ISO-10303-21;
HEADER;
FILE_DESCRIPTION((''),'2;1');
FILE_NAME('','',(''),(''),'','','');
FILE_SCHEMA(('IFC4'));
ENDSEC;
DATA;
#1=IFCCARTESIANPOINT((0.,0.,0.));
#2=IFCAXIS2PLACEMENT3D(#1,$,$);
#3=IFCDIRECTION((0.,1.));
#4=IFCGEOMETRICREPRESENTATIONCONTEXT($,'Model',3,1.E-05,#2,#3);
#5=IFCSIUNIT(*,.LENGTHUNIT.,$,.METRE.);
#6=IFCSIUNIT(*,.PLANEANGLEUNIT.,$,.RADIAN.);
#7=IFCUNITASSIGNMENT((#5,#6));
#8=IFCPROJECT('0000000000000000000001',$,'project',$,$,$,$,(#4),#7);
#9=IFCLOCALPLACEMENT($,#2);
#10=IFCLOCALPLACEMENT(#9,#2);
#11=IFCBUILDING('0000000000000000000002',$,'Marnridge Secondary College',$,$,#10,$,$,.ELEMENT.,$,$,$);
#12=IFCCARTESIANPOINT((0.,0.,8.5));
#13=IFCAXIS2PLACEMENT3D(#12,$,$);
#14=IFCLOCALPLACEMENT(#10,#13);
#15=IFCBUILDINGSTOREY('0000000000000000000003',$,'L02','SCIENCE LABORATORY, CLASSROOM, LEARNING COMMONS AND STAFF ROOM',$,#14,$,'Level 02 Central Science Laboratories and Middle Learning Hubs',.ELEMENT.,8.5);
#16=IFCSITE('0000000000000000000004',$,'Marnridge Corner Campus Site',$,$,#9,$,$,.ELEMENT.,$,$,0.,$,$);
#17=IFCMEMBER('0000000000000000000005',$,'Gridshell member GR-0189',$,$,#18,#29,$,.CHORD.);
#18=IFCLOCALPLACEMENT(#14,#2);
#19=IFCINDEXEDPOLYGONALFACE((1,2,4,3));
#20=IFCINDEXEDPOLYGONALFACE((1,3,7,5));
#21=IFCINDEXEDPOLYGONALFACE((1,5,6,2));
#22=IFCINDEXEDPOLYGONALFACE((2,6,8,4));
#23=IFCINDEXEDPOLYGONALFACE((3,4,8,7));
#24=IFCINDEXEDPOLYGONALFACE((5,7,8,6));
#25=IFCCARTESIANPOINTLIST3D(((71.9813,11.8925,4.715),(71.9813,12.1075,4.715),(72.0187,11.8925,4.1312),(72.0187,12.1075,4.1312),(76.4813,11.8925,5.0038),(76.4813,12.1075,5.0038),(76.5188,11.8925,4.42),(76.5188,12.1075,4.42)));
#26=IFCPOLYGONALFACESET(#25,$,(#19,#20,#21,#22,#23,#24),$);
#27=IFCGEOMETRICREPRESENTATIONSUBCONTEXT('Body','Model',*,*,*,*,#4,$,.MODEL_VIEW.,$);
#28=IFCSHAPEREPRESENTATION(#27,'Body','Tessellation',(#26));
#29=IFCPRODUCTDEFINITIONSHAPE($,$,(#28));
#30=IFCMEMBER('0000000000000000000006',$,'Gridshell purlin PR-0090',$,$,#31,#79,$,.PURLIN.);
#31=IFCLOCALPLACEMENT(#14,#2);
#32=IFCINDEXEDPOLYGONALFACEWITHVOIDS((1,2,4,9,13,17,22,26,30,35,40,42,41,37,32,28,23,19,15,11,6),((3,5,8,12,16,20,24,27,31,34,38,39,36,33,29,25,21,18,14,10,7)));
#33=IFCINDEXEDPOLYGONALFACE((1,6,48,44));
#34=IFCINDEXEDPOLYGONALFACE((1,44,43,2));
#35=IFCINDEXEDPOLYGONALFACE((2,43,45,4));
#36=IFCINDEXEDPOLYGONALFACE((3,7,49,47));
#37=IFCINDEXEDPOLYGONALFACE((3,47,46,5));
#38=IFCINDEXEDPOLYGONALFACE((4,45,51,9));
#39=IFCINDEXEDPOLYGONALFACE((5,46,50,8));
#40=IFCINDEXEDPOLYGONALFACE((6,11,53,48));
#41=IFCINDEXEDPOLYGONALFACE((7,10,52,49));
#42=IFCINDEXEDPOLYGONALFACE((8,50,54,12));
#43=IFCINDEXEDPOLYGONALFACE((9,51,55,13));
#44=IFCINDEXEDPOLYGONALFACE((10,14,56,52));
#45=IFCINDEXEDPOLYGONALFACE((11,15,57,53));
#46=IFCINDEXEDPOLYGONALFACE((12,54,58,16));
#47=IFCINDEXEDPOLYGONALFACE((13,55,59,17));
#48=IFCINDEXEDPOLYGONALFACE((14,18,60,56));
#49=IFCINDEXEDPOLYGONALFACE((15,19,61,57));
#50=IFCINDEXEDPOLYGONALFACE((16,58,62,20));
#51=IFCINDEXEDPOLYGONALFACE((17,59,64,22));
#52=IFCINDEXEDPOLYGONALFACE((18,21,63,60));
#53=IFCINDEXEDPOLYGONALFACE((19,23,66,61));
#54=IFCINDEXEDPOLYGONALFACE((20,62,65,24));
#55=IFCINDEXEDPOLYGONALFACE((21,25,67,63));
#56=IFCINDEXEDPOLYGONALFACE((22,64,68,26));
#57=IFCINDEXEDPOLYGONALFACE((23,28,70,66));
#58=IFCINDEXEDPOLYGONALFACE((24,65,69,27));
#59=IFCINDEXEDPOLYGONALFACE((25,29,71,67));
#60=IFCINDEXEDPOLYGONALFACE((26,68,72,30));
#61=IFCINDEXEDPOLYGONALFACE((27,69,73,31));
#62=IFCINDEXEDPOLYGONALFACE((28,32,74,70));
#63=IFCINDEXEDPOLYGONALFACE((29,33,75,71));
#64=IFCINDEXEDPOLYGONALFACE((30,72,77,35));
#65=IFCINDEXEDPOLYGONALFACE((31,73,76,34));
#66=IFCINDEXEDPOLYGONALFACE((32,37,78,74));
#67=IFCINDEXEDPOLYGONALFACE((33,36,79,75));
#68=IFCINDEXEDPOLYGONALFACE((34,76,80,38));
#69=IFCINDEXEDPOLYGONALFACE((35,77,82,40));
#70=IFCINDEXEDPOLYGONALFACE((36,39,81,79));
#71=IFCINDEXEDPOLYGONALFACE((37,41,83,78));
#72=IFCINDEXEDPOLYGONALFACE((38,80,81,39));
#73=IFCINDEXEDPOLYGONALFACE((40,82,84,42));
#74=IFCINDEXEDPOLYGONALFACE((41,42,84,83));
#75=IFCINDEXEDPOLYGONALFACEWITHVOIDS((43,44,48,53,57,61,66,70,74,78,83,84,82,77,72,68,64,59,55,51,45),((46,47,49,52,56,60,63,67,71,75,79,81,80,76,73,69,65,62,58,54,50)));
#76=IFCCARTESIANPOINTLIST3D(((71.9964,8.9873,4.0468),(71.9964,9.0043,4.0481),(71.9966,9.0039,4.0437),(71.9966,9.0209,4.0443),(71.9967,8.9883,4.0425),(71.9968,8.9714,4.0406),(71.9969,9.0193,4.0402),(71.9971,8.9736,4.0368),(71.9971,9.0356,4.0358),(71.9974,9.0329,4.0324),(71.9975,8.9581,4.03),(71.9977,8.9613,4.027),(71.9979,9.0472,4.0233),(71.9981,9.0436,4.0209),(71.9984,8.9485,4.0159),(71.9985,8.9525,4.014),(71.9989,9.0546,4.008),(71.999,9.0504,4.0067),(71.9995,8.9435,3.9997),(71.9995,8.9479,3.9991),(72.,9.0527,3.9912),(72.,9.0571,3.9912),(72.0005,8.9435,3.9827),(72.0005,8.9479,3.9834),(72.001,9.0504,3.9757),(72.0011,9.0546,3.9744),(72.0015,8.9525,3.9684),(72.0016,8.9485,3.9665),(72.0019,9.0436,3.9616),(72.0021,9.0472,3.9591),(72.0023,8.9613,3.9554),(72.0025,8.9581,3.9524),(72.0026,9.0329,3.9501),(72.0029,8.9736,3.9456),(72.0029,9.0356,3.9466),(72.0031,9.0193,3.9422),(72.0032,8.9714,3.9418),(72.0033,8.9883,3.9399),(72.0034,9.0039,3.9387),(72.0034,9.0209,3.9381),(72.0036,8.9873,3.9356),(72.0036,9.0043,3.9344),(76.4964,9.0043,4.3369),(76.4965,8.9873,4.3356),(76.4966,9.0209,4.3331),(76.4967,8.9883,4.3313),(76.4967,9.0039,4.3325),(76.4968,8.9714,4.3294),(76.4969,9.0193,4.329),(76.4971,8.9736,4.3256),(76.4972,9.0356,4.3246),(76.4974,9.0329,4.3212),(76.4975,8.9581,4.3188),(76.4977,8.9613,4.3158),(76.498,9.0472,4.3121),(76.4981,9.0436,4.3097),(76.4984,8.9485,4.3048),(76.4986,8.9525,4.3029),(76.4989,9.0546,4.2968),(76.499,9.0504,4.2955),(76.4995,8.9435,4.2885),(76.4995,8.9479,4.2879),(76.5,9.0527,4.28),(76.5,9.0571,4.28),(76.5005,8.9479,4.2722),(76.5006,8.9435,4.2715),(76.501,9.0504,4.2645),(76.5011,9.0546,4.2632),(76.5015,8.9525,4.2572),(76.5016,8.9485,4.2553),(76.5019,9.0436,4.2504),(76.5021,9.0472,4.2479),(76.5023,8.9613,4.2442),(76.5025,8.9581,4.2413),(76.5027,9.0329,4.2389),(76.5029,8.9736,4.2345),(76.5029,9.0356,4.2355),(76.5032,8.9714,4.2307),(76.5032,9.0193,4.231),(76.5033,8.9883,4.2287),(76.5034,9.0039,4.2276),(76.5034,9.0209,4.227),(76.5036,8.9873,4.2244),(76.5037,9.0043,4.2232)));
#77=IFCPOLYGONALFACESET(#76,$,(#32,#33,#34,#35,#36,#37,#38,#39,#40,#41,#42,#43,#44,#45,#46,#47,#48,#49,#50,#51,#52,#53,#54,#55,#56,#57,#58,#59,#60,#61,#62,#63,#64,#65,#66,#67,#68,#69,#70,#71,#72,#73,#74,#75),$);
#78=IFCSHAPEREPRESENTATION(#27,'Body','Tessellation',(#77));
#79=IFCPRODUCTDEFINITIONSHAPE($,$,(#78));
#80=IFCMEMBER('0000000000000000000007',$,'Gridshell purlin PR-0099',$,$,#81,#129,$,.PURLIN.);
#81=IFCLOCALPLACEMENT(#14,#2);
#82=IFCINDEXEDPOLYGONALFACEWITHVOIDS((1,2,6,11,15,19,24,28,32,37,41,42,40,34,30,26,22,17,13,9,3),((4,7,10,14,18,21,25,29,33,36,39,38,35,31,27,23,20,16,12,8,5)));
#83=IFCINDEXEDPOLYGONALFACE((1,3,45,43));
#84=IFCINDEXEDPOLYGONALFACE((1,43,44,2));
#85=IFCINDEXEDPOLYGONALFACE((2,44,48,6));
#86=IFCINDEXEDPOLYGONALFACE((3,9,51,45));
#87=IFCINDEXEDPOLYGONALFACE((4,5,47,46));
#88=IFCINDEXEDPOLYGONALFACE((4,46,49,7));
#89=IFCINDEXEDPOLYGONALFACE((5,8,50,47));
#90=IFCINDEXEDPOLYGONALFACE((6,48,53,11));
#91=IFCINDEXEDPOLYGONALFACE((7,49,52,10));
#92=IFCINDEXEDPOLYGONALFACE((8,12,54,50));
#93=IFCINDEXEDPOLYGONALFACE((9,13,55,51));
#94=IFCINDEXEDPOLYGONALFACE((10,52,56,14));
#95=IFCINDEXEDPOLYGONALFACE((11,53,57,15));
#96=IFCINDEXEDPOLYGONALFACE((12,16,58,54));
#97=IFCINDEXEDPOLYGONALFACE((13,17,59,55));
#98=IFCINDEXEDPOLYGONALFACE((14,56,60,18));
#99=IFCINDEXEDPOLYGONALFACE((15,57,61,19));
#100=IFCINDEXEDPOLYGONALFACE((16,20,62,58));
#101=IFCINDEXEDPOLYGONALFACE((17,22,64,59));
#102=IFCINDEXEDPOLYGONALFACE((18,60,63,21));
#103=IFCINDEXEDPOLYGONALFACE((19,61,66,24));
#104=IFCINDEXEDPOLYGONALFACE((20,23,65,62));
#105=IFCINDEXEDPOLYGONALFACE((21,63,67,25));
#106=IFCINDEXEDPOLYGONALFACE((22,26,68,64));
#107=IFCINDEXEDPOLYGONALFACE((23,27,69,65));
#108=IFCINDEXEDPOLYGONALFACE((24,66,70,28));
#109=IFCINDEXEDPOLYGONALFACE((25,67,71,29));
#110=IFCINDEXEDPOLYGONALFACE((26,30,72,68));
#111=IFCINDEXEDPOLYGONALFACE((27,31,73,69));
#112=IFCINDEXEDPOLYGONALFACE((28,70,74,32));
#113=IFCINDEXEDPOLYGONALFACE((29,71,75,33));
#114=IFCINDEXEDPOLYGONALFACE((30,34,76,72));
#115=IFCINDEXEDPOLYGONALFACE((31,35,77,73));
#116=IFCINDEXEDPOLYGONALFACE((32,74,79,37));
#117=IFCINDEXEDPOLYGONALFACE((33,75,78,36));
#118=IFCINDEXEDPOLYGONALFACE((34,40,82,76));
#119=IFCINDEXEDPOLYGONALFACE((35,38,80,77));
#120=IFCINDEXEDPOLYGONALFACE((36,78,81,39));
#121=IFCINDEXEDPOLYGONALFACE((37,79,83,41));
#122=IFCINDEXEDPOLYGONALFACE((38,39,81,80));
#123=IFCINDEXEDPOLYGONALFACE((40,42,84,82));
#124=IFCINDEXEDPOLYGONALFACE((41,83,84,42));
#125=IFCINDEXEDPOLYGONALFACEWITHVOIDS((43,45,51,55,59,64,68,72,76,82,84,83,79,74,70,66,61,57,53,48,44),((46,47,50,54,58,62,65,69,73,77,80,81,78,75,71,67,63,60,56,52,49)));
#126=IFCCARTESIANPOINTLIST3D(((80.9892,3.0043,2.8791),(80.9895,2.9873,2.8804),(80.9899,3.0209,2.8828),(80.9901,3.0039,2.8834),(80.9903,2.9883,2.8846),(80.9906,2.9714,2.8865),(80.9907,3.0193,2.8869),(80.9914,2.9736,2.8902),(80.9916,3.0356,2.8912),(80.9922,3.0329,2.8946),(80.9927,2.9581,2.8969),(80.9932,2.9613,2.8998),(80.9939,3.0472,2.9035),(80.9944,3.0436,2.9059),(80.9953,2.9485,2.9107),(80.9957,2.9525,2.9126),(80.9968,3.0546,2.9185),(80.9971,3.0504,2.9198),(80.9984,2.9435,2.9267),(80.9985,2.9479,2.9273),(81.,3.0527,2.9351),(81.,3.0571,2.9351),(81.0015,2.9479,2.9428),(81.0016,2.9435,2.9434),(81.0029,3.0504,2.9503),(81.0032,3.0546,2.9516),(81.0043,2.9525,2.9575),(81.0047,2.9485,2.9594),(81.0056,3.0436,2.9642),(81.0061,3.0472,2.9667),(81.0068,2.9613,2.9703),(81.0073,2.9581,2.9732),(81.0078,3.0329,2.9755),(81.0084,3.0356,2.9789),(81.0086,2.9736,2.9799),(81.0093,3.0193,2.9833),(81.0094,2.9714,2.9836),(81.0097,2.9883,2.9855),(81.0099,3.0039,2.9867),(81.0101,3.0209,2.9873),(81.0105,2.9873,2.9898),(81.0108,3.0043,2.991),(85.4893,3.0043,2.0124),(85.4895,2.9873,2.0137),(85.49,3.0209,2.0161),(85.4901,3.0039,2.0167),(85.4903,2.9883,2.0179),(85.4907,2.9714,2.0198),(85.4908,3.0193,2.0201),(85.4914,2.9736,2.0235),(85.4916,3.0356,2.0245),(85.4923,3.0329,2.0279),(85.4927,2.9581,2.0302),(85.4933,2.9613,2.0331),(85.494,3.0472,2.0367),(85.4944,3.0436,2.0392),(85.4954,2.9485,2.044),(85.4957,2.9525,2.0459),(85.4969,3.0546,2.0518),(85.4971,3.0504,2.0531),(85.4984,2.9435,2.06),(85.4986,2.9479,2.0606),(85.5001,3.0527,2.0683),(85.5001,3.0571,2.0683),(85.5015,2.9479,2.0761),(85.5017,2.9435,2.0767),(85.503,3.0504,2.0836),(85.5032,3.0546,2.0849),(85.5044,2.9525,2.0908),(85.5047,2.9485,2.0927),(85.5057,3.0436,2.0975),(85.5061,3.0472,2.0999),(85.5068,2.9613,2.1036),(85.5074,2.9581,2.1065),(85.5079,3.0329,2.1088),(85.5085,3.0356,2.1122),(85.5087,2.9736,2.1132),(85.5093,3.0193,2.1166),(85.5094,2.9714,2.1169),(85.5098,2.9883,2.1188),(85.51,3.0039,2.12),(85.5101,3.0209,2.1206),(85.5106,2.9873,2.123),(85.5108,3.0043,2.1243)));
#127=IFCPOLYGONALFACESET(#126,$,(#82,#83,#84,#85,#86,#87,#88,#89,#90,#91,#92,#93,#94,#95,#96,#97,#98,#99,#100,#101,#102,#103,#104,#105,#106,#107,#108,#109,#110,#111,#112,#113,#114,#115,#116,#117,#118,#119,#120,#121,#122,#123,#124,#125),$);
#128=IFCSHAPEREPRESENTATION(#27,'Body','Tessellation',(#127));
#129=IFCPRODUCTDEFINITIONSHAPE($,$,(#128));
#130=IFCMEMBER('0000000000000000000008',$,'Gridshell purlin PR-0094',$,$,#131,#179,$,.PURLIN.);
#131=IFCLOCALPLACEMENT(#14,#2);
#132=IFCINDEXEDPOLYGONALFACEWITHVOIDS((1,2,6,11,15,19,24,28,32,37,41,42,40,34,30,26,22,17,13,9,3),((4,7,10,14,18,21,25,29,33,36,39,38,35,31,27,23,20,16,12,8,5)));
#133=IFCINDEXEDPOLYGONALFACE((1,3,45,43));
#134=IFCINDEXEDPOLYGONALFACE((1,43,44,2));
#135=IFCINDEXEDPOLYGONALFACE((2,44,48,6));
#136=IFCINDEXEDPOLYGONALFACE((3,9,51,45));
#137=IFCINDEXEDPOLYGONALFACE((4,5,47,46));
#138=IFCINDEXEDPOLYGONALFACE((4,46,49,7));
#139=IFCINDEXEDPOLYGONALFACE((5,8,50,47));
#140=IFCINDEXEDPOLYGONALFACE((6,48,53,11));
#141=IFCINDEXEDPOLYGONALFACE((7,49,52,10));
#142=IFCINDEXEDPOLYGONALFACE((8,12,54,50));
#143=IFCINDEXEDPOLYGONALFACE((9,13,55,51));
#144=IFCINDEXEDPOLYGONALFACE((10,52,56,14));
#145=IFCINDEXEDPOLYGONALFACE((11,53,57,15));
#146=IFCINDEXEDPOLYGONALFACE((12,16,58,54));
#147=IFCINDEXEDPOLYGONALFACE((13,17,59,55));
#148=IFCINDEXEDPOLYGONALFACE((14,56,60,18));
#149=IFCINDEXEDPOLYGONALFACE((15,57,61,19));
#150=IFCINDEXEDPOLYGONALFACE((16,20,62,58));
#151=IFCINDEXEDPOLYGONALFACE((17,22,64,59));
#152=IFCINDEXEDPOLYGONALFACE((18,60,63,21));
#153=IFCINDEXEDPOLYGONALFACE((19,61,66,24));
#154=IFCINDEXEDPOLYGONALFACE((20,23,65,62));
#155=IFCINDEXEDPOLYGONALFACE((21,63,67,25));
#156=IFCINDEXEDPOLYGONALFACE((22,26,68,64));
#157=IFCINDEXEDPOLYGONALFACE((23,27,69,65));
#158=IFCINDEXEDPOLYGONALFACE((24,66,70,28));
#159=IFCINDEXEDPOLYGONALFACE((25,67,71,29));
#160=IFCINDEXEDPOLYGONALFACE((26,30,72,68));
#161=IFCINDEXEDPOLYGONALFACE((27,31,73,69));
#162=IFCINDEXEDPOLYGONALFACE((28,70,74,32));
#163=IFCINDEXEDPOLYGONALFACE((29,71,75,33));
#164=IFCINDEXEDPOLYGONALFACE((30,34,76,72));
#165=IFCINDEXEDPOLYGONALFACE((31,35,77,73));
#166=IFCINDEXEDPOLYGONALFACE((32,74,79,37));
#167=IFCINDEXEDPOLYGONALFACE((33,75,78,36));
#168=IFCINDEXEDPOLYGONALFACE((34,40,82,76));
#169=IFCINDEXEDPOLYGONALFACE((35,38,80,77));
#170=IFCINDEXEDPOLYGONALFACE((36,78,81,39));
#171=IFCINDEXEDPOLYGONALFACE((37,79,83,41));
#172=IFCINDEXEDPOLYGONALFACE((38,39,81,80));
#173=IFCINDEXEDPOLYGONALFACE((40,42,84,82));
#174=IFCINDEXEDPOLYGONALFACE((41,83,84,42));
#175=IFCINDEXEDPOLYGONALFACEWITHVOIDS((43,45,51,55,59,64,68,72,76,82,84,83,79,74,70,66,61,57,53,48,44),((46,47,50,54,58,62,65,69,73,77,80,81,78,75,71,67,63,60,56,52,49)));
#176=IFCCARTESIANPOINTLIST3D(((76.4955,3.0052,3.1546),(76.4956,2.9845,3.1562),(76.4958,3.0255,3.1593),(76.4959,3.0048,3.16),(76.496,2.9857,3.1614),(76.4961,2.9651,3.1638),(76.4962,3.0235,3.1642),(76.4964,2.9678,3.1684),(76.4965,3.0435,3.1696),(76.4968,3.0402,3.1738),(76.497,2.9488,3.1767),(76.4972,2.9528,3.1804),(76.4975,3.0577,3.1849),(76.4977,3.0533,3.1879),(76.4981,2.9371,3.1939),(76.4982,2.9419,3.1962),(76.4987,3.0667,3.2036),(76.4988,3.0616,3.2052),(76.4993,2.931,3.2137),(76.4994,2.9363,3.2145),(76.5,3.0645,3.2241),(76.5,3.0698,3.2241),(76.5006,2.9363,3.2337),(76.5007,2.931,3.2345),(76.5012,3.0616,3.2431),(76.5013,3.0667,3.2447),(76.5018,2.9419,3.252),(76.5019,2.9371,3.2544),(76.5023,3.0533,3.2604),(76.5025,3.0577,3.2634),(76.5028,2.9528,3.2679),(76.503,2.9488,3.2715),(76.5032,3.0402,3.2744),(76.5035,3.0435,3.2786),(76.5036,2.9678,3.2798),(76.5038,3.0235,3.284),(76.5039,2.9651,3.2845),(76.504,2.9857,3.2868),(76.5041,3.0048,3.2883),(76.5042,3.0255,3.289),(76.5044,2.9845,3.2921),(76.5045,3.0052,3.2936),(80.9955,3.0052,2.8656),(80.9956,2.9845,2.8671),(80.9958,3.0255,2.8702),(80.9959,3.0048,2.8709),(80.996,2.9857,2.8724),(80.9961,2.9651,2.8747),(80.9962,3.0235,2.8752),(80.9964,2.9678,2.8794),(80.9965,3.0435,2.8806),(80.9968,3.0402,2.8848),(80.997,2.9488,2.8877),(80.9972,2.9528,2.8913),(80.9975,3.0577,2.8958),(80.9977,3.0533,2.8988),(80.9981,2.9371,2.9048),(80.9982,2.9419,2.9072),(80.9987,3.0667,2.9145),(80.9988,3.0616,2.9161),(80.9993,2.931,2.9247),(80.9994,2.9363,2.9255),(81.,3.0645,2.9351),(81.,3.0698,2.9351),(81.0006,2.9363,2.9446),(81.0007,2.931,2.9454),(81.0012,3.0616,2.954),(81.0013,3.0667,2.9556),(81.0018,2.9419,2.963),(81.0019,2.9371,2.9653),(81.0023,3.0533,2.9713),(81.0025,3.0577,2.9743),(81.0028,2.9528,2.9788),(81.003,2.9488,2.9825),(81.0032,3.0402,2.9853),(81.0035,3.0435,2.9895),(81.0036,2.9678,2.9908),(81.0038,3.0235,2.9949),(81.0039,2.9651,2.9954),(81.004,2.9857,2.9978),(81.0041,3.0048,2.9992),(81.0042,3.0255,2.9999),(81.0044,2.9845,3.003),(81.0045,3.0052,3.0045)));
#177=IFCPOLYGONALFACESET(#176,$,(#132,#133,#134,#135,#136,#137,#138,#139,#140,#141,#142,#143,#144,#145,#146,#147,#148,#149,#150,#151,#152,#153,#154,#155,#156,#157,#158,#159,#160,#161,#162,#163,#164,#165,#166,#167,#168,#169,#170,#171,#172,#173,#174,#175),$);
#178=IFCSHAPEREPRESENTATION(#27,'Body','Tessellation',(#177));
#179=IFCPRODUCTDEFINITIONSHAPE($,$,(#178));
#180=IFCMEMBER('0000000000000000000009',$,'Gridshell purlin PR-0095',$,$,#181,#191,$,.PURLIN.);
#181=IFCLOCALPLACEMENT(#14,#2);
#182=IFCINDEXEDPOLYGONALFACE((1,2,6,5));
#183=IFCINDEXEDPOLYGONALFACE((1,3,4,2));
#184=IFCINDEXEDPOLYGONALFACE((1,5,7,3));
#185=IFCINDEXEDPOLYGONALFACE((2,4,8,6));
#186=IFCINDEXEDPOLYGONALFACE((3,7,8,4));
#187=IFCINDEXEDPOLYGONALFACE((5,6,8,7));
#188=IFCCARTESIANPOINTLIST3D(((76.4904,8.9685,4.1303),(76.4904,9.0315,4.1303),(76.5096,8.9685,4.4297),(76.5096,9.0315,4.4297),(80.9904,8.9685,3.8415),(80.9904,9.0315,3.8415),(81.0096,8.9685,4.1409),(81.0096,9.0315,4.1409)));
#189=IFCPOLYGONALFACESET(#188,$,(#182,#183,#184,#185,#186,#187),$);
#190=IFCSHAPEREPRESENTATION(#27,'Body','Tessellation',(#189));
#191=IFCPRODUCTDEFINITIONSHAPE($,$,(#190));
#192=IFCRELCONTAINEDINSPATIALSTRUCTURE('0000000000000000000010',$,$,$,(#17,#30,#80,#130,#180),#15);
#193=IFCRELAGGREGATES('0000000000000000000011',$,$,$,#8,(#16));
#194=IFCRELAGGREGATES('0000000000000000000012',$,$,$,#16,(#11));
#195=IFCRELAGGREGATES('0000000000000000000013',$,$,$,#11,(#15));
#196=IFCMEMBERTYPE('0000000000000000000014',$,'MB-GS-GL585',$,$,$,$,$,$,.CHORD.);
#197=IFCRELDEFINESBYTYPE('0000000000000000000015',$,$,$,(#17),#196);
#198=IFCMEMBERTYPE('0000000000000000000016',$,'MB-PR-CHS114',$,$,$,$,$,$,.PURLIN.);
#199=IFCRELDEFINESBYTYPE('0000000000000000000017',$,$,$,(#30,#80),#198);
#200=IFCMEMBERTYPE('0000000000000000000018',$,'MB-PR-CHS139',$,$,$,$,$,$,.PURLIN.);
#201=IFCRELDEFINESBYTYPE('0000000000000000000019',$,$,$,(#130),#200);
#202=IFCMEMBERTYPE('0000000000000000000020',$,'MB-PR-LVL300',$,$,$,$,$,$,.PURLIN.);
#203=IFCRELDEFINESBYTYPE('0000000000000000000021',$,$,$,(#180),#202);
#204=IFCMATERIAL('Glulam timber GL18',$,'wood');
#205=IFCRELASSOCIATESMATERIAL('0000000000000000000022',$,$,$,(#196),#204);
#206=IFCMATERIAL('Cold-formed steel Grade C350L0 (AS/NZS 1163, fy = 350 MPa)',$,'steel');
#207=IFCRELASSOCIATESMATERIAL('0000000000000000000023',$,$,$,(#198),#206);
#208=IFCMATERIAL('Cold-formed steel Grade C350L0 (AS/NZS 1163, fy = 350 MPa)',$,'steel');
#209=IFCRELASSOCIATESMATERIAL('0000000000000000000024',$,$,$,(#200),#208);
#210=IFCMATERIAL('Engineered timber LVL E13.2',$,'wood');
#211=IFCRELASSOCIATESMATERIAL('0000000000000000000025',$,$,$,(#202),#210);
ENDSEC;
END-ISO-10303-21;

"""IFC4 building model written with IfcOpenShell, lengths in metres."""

from ifc_helpers import new_model, si_unit, direction, frame, origin, origin_2d, place, context, subcontext, project, spatial, rectangle, hollow_circle, extrude, material, material_profile, profile_set, type_object, element, save


model = new_model("IFC4")

# Units and contexts
model_context = context("Model", 3, precision=1e-05, world=origin(), true_north=direction((0.0, 1.0)))
body_context = subcontext(model_context, "Body", "Model", "MODEL_VIEW")
ifc_project = project(units=[si_unit("LENGTHUNIT", "METRE"), si_unit("PLANEANGLEUNIT", "RADIAN")], contexts=[model_context])

# Site, building, storey
site_placement = place(None, origin())
site = spatial("IfcSite", under=ifc_project, at=site_placement, Name="Marnridge Corner Campus Site", CompositionType="ELEMENT", RefElevation=0.0)
building_placement = place(site_placement, origin())
building = spatial("IfcBuilding", under=site, at=building_placement, Name="Marnridge Secondary College", CompositionType="ELEMENT")
storey_placement = place(building_placement, frame((0.0, 0.0, 8.5)))
storey = spatial("IfcBuildingStorey", under=building, at=storey_placement, Name="L02", Description="SCIENCE LABORATORY, CLASSROOM, LEARNING COMMONS AND STAFF ROOM", LongName="Level 02 Central Science Laboratories and Middle Learning Hubs", CompositionType="ELEMENT", Elevation=8.5)

# Members
ifc_material_1 = material(Name="Glulam timber GL18", Category="wood")
ifc_material_profile_1 = material_profile(ifc_material_1, rectangle(XDim=0.2151, YDim=0.585, at=origin_2d()), Name="GL18 215x585")
ifc_profile_set_1 = profile_set([ifc_material_profile_1], Name="Glulam timber GL18")
member_type_1 = type_object("IfcMemberType", Name="MB-GS-GL585", PredefinedType="CHORD", material=ifc_profile_set_1)
member_1_placement = place(storey_placement, frame((72.0, 12.0, 4.4231), z_axis=(0.997947, 0.0, 0.06405), x_axis=(0.0, 1.0, 0.0)))
element("IfcMember", 1, at=member_1_placement, inside=storey, type_object=member_type_1, Name="Gridshell member GR-0189", PredefinedType="CHORD", context=body_context, shape_type="SweptSolid", body=[
    extrude(rectangle(XDim=0.2151, YDim=0.585, at=origin_2d()), origin(), (0.0, 0.0, 1.0), 4.5093),
])
ifc_material_2 = material(Name="Cold-formed steel Grade C350L0 (AS/NZS 1163, fy = 350 MPa)", Category="steel")
ifc_material_profile_2 = material_profile(ifc_material_2, hollow_circle(Radius=0.0571, WallThickness=0.0044, at=origin_2d()), Name="114.3x4.5CHS")
ifc_profile_set_2 = profile_set([ifc_material_profile_2], Name="Cold-formed steel Grade C350L0 (AS/NZS 1163, fy = 350 MPa)")
member_type_2 = type_object("IfcMemberType", Name="MB-PR-CHS114", PredefinedType="PURLIN", material=ifc_profile_set_2)
member_2_placement = place(storey_placement, frame((72.0, 9.0, 3.9912), z_axis=(0.997947, 0.0, 0.06405), x_axis=(0.0, 1.0, 0.0)))
element("IfcMember", 2, at=member_2_placement, inside=storey, type_object=member_type_2, Name="Gridshell purlin PR-0090", PredefinedType="PURLIN", context=body_context, shape_type="SweptSolid", body=[
    extrude(hollow_circle(Radius=0.0571, WallThickness=0.0044, at=origin_2d()), origin(), (0.0, 0.0, 1.0), 4.5093),
])
member_3_placement = place(storey_placement, frame((81.0, 3.0, 2.9351), z_axis=(0.981953, 0.0, -0.189124), x_axis=(0.0, 1.0, 0.0)))
element("IfcMember", 3, at=member_3_placement, inside=storey, type_object=member_type_2, Name="Gridshell purlin PR-0099", PredefinedType="PURLIN", context=body_context, shape_type="SweptSolid", body=[
    extrude(hollow_circle(Radius=0.0571, WallThickness=0.0044, at=origin_2d()), origin(), (0.0, 0.0, 1.0), 4.5828),
])
ifc_material_3 = material(Name="Cold-formed steel Grade C350L0 (AS/NZS 1163, fy = 350 MPa)", Category="steel")
ifc_material_profile_3 = material_profile(ifc_material_3, hollow_circle(Radius=0.0698, WallThickness=0.0054, at=origin_2d()), Name="139.7x5.4CHS")
ifc_profile_set_3 = profile_set([ifc_material_profile_3], Name="Cold-formed steel Grade C350L0 (AS/NZS 1163, fy = 350 MPa)")
member_type_3 = type_object("IfcMemberType", Name="MB-PR-CHS139", PredefinedType="PURLIN", material=ifc_profile_set_3)
member_4_placement = place(storey_placement, frame((76.5, 3.0, 3.2241), z_axis=(0.997943, 0.0, -0.064104), x_axis=(0.0, 1.0, 0.0)))
element("IfcMember", 4, at=member_4_placement, inside=storey, type_object=member_type_3, Name="Gridshell purlin PR-0094", PredefinedType="PURLIN", context=body_context, shape_type="SweptSolid", body=[
    extrude(hollow_circle(Radius=0.0698, WallThickness=0.0054, at=origin_2d()), origin(), (0.0, 0.0, 1.0), 4.5093),
])
ifc_material_4 = material(Name="Engineered timber LVL E13.2", Category="wood")
ifc_material_profile_4 = material_profile(ifc_material_4, rectangle(XDim=0.063, YDim=0.3, at=origin_2d()), Name="LVL 63x300")
ifc_profile_set_4 = profile_set([ifc_material_profile_4], Name="Engineered timber LVL E13.2")
member_type_4 = type_object("IfcMemberType", Name="MB-PR-LVL300", PredefinedType="PURLIN", material=ifc_profile_set_4)
member_5_placement = place(storey_placement, frame((76.5, 9.0, 4.28), z_axis=(0.997947, 0.0, -0.06405), x_axis=(0.0, 1.0, 0.0)))
element("IfcMember", 5, at=member_5_placement, inside=storey, type_object=member_type_4, Name="Gridshell purlin PR-0095", PredefinedType="PURLIN", context=body_context, shape_type="SweptSolid", body=[
    extrude(rectangle(XDim=0.063, YDim=0.3, at=origin_2d()), origin(), (0.0, 0.0, 1.0), 4.5093),
])

save(model, "model.ifc")
